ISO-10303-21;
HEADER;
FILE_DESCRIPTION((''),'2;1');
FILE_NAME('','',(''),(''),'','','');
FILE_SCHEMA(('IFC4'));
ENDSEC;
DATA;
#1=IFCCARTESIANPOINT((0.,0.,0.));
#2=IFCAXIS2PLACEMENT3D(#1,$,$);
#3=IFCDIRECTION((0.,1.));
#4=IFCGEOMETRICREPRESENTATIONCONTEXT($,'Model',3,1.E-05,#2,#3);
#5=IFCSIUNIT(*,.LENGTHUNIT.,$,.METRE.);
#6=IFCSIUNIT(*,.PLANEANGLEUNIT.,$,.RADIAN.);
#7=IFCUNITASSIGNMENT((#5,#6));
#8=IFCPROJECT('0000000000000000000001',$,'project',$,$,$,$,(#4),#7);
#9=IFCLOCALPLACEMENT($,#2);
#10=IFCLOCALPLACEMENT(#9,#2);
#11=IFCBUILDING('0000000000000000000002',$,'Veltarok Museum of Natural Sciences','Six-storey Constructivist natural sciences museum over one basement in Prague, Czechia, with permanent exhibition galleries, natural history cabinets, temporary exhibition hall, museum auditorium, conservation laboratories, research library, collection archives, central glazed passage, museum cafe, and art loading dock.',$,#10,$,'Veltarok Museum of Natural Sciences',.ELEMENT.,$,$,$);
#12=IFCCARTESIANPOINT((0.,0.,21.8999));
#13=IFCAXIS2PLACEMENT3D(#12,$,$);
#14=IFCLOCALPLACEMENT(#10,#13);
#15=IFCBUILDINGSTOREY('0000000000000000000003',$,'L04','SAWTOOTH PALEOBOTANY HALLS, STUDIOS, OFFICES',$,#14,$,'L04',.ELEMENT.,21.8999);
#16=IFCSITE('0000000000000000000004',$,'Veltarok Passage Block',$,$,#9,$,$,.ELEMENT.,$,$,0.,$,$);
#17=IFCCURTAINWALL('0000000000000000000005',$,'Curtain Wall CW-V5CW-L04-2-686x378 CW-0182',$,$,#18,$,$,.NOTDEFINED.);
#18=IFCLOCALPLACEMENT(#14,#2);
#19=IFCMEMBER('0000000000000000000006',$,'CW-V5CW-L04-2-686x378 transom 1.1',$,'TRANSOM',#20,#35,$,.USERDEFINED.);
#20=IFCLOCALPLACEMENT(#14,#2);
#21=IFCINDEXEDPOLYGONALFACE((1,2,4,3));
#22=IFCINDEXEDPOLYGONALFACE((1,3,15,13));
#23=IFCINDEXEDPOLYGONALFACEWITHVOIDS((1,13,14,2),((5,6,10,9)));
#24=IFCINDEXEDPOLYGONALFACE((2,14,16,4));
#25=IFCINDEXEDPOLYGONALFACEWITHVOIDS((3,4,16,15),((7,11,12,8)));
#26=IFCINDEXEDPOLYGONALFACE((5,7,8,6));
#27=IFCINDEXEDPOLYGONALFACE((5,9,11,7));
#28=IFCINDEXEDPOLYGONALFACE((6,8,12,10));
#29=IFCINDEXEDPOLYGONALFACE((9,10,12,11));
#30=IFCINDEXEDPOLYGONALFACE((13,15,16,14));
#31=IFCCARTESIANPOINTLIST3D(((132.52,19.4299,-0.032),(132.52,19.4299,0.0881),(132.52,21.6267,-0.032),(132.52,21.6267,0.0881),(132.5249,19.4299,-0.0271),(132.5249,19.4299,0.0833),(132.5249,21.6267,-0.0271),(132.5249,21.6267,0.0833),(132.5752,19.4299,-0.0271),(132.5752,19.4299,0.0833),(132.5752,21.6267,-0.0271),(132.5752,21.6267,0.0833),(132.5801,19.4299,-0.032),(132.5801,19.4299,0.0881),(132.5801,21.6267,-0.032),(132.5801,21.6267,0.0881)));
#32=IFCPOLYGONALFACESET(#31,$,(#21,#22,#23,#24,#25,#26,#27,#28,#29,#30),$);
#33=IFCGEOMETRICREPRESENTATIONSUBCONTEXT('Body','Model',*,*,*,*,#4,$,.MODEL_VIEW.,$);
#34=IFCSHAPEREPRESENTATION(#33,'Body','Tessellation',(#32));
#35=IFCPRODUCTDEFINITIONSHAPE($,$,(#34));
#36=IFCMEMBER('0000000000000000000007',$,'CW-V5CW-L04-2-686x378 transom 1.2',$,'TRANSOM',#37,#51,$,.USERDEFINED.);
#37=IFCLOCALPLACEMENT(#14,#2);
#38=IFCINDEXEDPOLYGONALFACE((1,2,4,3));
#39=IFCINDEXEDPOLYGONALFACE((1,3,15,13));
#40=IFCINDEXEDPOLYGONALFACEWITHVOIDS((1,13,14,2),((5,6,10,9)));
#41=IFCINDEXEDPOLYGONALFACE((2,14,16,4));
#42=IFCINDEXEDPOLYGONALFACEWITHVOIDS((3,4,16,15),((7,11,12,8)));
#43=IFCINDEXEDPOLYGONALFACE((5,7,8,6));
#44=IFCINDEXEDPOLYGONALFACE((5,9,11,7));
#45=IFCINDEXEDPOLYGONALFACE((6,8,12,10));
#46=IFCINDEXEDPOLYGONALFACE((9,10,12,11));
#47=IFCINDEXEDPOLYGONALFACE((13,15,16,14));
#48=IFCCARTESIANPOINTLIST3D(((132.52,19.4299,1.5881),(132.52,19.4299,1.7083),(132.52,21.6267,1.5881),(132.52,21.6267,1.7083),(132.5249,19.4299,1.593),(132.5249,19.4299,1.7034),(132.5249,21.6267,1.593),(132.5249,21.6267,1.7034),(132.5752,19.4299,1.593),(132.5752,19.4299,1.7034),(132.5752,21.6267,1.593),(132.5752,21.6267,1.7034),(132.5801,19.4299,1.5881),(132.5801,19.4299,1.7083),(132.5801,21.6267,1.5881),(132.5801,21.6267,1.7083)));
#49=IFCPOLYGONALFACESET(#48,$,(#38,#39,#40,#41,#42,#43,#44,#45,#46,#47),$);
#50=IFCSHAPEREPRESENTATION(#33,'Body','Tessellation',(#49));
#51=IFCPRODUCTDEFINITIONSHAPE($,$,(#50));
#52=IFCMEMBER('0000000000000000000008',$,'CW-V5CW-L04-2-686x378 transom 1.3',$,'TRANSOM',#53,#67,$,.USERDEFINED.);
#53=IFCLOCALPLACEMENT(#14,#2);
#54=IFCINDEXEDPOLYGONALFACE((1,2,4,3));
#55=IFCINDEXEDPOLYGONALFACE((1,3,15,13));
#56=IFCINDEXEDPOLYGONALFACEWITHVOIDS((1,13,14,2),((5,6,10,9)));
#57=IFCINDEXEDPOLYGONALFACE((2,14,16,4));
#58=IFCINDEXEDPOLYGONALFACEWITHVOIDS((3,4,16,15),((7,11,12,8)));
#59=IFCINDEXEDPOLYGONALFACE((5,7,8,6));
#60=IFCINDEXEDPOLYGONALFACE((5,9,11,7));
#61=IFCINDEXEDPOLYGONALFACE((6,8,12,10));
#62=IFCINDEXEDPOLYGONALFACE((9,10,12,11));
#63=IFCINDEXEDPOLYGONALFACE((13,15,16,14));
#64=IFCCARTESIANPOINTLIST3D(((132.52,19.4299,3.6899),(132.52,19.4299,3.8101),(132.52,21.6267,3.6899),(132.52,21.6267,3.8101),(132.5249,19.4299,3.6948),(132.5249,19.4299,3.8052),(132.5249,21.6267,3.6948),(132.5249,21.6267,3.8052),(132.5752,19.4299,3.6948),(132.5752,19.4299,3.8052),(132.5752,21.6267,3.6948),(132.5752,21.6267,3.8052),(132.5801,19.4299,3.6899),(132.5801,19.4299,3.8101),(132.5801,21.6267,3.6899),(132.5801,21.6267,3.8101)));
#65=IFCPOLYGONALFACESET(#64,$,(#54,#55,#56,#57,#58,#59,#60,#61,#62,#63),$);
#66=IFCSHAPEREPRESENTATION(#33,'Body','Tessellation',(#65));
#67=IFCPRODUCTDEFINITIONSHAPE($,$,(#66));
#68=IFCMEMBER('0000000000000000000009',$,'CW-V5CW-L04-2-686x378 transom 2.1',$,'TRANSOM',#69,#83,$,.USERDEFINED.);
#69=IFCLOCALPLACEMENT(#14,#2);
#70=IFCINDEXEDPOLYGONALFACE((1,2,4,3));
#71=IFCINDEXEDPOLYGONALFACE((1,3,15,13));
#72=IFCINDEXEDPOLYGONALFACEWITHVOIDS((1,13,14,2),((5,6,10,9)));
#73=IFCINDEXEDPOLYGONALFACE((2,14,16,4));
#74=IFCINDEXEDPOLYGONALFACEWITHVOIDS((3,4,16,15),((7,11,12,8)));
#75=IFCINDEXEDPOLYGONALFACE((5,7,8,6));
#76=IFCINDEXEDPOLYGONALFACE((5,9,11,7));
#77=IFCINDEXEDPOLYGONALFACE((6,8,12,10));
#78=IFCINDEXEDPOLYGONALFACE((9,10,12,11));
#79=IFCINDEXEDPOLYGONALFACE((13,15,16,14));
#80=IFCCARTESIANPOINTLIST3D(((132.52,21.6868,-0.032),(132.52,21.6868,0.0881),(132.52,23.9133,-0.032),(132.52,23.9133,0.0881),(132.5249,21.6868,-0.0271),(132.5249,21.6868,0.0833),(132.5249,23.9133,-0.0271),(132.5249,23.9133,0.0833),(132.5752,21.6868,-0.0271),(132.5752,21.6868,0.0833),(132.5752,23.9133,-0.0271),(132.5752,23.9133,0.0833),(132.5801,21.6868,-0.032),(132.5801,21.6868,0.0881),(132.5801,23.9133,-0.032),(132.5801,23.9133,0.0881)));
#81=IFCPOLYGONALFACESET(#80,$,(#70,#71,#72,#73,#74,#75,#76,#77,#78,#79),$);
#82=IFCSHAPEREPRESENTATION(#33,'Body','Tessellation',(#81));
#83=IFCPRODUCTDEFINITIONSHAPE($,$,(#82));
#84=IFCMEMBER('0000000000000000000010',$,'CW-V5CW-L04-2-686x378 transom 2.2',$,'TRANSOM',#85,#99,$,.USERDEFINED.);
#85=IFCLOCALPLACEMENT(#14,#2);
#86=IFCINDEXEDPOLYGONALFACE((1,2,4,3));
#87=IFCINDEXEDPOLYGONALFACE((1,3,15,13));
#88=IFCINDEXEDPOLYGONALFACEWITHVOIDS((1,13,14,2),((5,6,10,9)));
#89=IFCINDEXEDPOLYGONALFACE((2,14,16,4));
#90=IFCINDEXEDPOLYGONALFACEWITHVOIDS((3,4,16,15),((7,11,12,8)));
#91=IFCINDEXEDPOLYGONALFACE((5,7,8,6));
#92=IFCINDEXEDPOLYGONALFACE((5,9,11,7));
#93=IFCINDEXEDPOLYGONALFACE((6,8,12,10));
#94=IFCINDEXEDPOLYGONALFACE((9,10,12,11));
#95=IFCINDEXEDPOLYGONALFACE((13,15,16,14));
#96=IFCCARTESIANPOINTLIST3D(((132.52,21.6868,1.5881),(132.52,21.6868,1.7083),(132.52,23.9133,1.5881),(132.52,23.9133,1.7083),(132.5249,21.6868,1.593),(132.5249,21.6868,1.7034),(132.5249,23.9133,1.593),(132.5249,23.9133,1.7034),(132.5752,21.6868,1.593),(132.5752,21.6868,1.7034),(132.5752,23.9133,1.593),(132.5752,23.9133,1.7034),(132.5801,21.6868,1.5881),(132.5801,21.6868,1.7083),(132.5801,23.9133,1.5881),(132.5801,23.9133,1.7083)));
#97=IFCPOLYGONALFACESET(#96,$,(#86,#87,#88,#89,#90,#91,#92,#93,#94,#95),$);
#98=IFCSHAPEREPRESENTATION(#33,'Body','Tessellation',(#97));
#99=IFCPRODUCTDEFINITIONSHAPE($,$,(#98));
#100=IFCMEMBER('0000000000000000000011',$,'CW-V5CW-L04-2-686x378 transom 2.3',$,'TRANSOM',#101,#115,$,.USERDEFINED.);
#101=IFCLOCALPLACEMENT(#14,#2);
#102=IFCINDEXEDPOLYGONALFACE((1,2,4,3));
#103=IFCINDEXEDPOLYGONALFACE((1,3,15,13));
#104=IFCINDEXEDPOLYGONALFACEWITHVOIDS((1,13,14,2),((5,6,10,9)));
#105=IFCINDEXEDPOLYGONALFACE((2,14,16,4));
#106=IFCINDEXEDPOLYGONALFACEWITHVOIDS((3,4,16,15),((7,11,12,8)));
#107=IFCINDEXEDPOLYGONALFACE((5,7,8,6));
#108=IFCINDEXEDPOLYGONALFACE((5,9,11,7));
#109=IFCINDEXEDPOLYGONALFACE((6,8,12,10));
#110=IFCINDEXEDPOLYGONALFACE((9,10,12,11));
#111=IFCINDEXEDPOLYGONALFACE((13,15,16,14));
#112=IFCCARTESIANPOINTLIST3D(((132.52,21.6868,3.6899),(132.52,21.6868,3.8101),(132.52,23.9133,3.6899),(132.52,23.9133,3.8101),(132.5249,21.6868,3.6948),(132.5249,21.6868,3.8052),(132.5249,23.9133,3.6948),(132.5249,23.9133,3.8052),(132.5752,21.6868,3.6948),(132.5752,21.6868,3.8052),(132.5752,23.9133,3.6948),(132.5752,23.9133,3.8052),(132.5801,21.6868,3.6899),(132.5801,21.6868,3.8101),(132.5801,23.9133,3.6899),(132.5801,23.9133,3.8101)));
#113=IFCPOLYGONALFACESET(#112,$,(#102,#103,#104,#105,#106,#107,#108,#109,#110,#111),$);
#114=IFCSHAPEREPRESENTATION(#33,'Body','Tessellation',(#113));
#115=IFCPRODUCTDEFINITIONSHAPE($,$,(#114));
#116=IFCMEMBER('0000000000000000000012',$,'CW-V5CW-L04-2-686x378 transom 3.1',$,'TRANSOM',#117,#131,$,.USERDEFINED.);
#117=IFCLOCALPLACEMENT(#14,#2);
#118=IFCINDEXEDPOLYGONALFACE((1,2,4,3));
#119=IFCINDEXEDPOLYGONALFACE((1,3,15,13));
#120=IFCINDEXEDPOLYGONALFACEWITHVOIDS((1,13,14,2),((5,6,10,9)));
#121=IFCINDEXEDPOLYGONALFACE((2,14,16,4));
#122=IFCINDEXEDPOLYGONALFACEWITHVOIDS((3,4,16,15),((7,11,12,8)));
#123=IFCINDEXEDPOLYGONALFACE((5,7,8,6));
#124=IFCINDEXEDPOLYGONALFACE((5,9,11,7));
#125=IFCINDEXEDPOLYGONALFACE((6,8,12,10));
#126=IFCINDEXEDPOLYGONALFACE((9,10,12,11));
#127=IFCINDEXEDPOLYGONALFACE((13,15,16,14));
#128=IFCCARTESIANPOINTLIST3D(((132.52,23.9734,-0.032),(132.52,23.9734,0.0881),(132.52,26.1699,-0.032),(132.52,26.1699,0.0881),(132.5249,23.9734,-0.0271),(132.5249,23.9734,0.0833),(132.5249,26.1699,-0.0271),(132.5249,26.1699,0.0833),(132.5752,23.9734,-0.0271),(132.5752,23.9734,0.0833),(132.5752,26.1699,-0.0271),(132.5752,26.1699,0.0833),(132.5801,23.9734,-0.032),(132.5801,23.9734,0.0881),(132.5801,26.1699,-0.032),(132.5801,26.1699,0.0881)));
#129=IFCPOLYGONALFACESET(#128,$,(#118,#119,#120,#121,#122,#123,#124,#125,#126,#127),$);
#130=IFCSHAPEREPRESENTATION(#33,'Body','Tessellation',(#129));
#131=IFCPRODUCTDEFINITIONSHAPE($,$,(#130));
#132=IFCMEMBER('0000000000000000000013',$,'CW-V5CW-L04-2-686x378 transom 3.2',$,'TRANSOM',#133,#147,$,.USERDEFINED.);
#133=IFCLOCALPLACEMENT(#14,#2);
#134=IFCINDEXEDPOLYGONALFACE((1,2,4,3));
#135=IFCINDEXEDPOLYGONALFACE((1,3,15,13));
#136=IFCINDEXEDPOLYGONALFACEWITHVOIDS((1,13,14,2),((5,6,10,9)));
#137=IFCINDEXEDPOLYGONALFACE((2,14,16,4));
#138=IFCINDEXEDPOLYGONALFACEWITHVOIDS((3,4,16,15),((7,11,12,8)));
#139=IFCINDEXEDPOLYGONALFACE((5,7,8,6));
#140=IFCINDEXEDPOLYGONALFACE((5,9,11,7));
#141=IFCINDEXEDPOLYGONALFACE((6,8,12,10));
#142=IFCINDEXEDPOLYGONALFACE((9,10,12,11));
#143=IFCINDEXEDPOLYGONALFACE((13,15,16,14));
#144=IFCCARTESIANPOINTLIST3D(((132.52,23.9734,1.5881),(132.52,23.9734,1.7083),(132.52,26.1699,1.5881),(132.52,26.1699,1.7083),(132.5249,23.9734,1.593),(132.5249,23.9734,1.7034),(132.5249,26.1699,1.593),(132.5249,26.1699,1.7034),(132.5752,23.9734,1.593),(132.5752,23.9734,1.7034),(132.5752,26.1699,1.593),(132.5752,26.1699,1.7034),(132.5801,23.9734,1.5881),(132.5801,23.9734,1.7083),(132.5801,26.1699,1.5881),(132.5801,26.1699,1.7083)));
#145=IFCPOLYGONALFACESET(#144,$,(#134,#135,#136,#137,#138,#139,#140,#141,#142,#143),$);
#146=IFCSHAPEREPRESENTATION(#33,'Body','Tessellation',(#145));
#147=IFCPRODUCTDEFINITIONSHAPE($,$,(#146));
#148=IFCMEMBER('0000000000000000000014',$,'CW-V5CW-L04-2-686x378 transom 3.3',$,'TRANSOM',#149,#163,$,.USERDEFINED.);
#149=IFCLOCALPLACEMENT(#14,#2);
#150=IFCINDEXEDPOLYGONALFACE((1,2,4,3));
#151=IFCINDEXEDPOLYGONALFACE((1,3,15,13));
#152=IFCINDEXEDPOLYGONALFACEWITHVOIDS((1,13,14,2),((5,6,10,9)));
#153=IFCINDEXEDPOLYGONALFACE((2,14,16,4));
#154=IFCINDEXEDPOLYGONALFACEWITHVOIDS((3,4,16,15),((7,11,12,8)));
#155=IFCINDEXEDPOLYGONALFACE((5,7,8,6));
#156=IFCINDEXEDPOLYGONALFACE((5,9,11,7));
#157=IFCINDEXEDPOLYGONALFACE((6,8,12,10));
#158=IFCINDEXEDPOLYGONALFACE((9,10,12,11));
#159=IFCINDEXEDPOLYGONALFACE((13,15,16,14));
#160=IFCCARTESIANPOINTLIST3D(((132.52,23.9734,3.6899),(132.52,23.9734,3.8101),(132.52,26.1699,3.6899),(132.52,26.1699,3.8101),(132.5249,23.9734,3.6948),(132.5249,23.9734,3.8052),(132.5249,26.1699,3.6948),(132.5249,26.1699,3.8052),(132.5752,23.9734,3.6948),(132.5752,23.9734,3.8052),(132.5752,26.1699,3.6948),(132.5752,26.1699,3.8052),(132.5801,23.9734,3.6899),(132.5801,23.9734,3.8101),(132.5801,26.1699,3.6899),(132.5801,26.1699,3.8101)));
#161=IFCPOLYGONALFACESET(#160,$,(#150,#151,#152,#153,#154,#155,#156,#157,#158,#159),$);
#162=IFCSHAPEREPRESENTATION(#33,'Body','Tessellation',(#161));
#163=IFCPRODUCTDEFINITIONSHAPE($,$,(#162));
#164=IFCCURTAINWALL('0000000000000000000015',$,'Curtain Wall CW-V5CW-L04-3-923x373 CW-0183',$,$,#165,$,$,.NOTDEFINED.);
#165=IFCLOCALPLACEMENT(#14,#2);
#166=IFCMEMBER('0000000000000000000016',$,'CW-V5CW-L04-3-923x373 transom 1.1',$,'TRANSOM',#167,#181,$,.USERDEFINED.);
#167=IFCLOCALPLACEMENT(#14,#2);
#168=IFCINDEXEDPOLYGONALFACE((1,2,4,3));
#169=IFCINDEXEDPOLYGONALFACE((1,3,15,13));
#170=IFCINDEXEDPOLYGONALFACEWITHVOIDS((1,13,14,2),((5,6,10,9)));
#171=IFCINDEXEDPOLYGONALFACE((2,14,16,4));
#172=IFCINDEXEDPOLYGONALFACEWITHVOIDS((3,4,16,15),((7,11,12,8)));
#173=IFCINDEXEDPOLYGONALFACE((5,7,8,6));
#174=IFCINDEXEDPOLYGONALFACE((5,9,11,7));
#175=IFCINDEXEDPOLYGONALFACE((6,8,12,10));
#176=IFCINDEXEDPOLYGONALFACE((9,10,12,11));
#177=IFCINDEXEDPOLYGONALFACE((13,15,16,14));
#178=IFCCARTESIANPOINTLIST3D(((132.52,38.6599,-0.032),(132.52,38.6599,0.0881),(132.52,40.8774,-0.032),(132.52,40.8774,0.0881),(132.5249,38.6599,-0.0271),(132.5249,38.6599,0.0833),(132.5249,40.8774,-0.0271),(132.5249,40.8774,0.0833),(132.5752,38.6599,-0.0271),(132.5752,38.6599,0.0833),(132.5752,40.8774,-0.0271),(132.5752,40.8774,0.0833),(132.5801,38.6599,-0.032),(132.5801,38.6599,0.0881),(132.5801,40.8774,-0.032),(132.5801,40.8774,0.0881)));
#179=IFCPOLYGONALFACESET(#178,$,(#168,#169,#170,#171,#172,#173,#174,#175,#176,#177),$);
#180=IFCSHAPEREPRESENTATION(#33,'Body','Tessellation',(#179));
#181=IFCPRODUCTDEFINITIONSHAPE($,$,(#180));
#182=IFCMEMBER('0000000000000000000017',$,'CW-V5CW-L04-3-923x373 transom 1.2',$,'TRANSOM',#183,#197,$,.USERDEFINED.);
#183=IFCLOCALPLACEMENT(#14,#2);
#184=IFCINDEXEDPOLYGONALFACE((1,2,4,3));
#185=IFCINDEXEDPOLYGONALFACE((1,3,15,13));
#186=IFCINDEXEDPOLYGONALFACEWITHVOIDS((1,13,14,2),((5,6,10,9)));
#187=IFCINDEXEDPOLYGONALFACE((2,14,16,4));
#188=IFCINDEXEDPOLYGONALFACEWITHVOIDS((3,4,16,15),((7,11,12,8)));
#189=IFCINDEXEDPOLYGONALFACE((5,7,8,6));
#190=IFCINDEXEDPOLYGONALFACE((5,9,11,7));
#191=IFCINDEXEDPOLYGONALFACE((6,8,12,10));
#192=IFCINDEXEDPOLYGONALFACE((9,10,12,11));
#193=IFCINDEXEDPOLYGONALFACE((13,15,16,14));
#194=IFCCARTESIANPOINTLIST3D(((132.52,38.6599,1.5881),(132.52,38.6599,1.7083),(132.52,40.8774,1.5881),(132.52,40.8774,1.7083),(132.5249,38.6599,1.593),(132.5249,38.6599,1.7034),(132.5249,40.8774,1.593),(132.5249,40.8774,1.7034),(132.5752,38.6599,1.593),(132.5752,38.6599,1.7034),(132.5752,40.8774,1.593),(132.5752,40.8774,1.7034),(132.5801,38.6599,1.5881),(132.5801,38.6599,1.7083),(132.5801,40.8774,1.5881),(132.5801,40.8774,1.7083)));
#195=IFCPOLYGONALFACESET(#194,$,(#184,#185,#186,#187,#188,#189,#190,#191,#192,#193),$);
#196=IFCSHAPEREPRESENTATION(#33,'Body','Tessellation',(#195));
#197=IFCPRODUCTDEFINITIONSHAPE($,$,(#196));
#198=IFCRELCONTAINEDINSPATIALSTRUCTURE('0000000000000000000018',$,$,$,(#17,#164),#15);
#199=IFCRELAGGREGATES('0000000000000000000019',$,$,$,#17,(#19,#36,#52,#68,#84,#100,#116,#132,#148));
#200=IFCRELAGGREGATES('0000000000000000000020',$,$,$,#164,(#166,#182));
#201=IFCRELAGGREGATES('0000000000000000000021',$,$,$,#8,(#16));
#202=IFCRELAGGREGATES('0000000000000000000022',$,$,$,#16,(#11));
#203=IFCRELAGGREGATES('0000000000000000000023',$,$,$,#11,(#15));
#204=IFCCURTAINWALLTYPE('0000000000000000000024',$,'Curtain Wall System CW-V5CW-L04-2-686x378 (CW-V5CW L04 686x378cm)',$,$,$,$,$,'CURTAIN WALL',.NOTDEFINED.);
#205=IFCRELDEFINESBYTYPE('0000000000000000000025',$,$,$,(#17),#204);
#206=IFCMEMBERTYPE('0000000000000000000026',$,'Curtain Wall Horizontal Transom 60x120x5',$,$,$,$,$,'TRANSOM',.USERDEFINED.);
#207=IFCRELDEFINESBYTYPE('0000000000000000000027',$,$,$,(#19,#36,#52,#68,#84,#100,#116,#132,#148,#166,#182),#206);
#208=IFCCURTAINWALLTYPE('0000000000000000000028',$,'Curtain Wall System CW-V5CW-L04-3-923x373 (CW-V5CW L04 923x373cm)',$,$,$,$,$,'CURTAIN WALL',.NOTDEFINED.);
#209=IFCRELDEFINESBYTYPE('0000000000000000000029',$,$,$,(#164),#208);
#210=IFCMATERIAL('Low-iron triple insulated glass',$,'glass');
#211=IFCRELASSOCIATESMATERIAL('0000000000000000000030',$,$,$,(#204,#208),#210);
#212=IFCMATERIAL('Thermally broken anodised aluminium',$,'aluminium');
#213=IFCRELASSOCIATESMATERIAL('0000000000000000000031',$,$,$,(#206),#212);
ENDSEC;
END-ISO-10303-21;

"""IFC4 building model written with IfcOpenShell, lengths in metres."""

from ifc_helpers import new_model, si_unit, direction, frame, origin, origin_2d, place, context, subcontext, project, spatial, hollow_rectangle, extrude, material, material_profile, profile_set, type_object, element, aggregate, save


model = new_model("IFC4")

# Units and contexts
model_context = context("Model", 3, precision=1e-05, world=origin(), true_north=direction((0.0, 1.0)))
body_context = subcontext(model_context, "Body", "Model", "MODEL_VIEW")
ifc_project = project(units=[si_unit("LENGTHUNIT", "METRE"), si_unit("PLANEANGLEUNIT", "RADIAN")], contexts=[model_context])

# Site, building, storey
site_placement = place(None, origin())
site = spatial("IfcSite", under=ifc_project, at=site_placement, Name="Veltarok Passage Block", CompositionType="ELEMENT", RefElevation=0.0)
building_placement = place(site_placement, origin())
building = spatial("IfcBuilding", under=site, at=building_placement, Name="Veltarok Museum of Natural Sciences", Description="Six-storey Constructivist natural sciences museum over one basement in Prague, Czechia, with permanent exhibition galleries, natural history cabinets, temporary exhibition hall, museum auditorium, conservation laboratories, research library, collection archives, central glazed passage, museum cafe, and art loading dock.", LongName="Veltarok Museum of Natural Sciences", CompositionType="ELEMENT")
storey_placement = place(building_placement, frame((0.0, 0.0, 21.8999)))
storey = spatial("IfcBuildingStorey", under=building, at=storey_placement, Name="L04", Description="SAWTOOTH PALEOBOTANY HALLS, STUDIOS, OFFICES", LongName="L04", CompositionType="ELEMENT", Elevation=21.8999)

# Curtain walls, members
ifc_material_1 = material(Name="Low-iron triple insulated glass", Category="glass")
curtain_wall_type_1 = type_object("IfcCurtainWallType", Name="Curtain Wall System CW-V5CW-L04-2-686x378 (CW-V5CW L04 686x378cm)", ElementType="CURTAIN WALL", PredefinedType="NOTDEFINED", material=ifc_material_1)
curtain_wall_1_placement = place(storey_placement, origin())
curtain_wall_1 = element("IfcCurtainWall", 1, at=curtain_wall_1_placement, inside=storey, type_object=curtain_wall_type_1, Name="Curtain Wall CW-V5CW-L04-2-686x378 CW-0182", PredefinedType="NOTDEFINED")
ifc_material_2 = material(Name="Thermally broken anodised aluminium", Category="aluminium")
ifc_material_profile_1 = material_profile(ifc_material_2, hollow_rectangle(XDim=0.0601, YDim=0.1201, WallThickness=0.0049, at=origin_2d()), Name="CW TRANSOM 60x120x5")
ifc_profile_set_1 = profile_set([ifc_material_profile_1], Name="Thermally broken anodised aluminium")
member_type_1 = type_object("IfcMemberType", Name="Curtain Wall Horizontal Transom 60x120x5", ElementType="TRANSOM", PredefinedType="USERDEFINED", material=ifc_profile_set_1)
member_1_placement = place(storey_placement, frame((132.55, 19.4299, 0.0281), z_axis=(0.0, 1.0, 0.0), x_axis=(-1.0, 0.0, 0.0)))
member_1 = element("IfcMember", 2, at=member_1_placement, type_object=member_type_1, Name="CW-V5CW-L04-2-686x378 transom 1.1", ObjectType="TRANSOM", PredefinedType="USERDEFINED", context=body_context, shape_type="SweptSolid", body=[
    extrude(hollow_rectangle(XDim=0.0601, YDim=0.1201, WallThickness=0.0049, at=origin_2d()), origin(), (0.0, 0.0, 1.0), 2.1968),
])
member_2_placement = place(storey_placement, frame((132.55, 19.4299, 1.6482), z_axis=(0.0, 1.0, 0.0), x_axis=(-1.0, 0.0, 0.0)))
member_2 = element("IfcMember", 3, at=member_2_placement, type_object=member_type_1, Name="CW-V5CW-L04-2-686x378 transom 1.2", ObjectType="TRANSOM", PredefinedType="USERDEFINED", context=body_context, shape_type="SweptSolid", body=[
    extrude(hollow_rectangle(XDim=0.0601, YDim=0.1201, WallThickness=0.0049, at=origin_2d()), origin(), (0.0, 0.0, 1.0), 2.1968),
])
member_3_placement = place(storey_placement, frame((132.55, 19.4299, 3.75), z_axis=(0.0, 1.0, 0.0), x_axis=(-1.0, 0.0, 0.0)))
member_3 = element("IfcMember", 4, at=member_3_placement, type_object=member_type_1, Name="CW-V5CW-L04-2-686x378 transom 1.3", ObjectType="TRANSOM", PredefinedType="USERDEFINED", context=body_context, shape_type="SweptSolid", body=[
    extrude(hollow_rectangle(XDim=0.0601, YDim=0.1201, WallThickness=0.0049, at=origin_2d()), origin(), (0.0, 0.0, 1.0), 2.1968),
])
member_4_placement = place(storey_placement, frame((132.55, 21.6868, 0.0281), z_axis=(0.0, 1.0, 0.0), x_axis=(-1.0, 0.0, 0.0)))
member_4 = element("IfcMember", 5, at=member_4_placement, type_object=member_type_1, Name="CW-V5CW-L04-2-686x378 transom 2.1", ObjectType="TRANSOM", PredefinedType="USERDEFINED", context=body_context, shape_type="SweptSolid", body=[
    extrude(hollow_rectangle(XDim=0.0601, YDim=0.1201, WallThickness=0.0049, at=origin_2d()), origin(), (0.0, 0.0, 1.0), 2.2266),
])
member_5_placement = place(storey_placement, frame((132.55, 21.6868, 1.6482), z_axis=(0.0, 1.0, 0.0), x_axis=(-1.0, 0.0, 0.0)))
member_5 = element("IfcMember", 6, at=member_5_placement, type_object=member_type_1, Name="CW-V5CW-L04-2-686x378 transom 2.2", ObjectType="TRANSOM", PredefinedType="USERDEFINED", context=body_context, shape_type="SweptSolid", body=[
    extrude(hollow_rectangle(XDim=0.0601, YDim=0.1201, WallThickness=0.0049, at=origin_2d()), origin(), (0.0, 0.0, 1.0), 2.2266),
])
member_6_placement = place(storey_placement, frame((132.55, 21.6868, 3.75), z_axis=(0.0, 1.0, 0.0), x_axis=(-1.0, 0.0, 0.0)))
member_6 = element("IfcMember", 7, at=member_6_placement, type_object=member_type_1, Name="CW-V5CW-L04-2-686x378 transom 2.3", ObjectType="TRANSOM", PredefinedType="USERDEFINED", context=body_context, shape_type="SweptSolid", body=[
    extrude(hollow_rectangle(XDim=0.0601, YDim=0.1201, WallThickness=0.0049, at=origin_2d()), origin(), (0.0, 0.0, 1.0), 2.2266),
])
member_7_placement = place(storey_placement, frame((132.55, 23.9734, 0.0281), z_axis=(0.0, 1.0, 0.0), x_axis=(-1.0, 0.0, 0.0)))
member_7 = element("IfcMember", 8, at=member_7_placement, type_object=member_type_1, Name="CW-V5CW-L04-2-686x378 transom 3.1", ObjectType="TRANSOM", PredefinedType="USERDEFINED", context=body_context, shape_type="SweptSolid", body=[
    extrude(hollow_rectangle(XDim=0.0601, YDim=0.1201, WallThickness=0.0049, at=origin_2d()), origin(), (0.0, 0.0, 1.0), 2.1965),
])
member_8_placement = place(storey_placement, frame((132.55, 23.9734, 1.6482), z_axis=(0.0, 1.0, 0.0), x_axis=(-1.0, 0.0, 0.0)))
member_8 = element("IfcMember", 9, at=member_8_placement, type_object=member_type_1, Name="CW-V5CW-L04-2-686x378 transom 3.2", ObjectType="TRANSOM", PredefinedType="USERDEFINED", context=body_context, shape_type="SweptSolid", body=[
    extrude(hollow_rectangle(XDim=0.0601, YDim=0.1201, WallThickness=0.0049, at=origin_2d()), origin(), (0.0, 0.0, 1.0), 2.1965),
])
member_9_placement = place(storey_placement, frame((132.55, 23.9734, 3.75), z_axis=(0.0, 1.0, 0.0), x_axis=(-1.0, 0.0, 0.0)))
member_9 = element("IfcMember", 10, at=member_9_placement, type_object=member_type_1, Name="CW-V5CW-L04-2-686x378 transom 3.3", ObjectType="TRANSOM", PredefinedType="USERDEFINED", context=body_context, shape_type="SweptSolid", body=[
    extrude(hollow_rectangle(XDim=0.0601, YDim=0.1201, WallThickness=0.0049, at=origin_2d()), origin(), (0.0, 0.0, 1.0), 2.1965),
])
curtain_wall_type_2 = type_object("IfcCurtainWallType", Name="Curtain Wall System CW-V5CW-L04-3-923x373 (CW-V5CW L04 923x373cm)", ElementType="CURTAIN WALL", PredefinedType="NOTDEFINED", material=ifc_material_1)
curtain_wall_2_placement = place(storey_placement, origin())
curtain_wall_2 = element("IfcCurtainWall", 11, at=curtain_wall_2_placement, inside=storey, type_object=curtain_wall_type_2, Name="Curtain Wall CW-V5CW-L04-3-923x373 CW-0183", PredefinedType="NOTDEFINED")
member_10_placement = place(storey_placement, frame((132.55, 38.6599, 0.0281), z_axis=(0.0, 1.0, 0.0), x_axis=(-1.0, 0.0, 0.0)))
member_10 = element("IfcMember", 12, at=member_10_placement, type_object=member_type_1, Name="CW-V5CW-L04-3-923x373 transom 1.1", ObjectType="TRANSOM", PredefinedType="USERDEFINED", context=body_context, shape_type="SweptSolid", body=[
    extrude(hollow_rectangle(XDim=0.0601, YDim=0.1201, WallThickness=0.0049, at=origin_2d()), origin(), (0.0, 0.0, 1.0), 2.2175),
])
member_11_placement = place(storey_placement, frame((132.55, 38.6599, 1.6482), z_axis=(0.0, 1.0, 0.0), x_axis=(-1.0, 0.0, 0.0)))
member_11 = element("IfcMember", 13, at=member_11_placement, type_object=member_type_1, Name="CW-V5CW-L04-3-923x373 transom 1.2", ObjectType="TRANSOM", PredefinedType="USERDEFINED", context=body_context, shape_type="SweptSolid", body=[
    extrude(hollow_rectangle(XDim=0.0601, YDim=0.1201, WallThickness=0.0049, at=origin_2d()), origin(), (0.0, 0.0, 1.0), 2.2175),
])

aggregate(curtain_wall_1, [member_1, member_2, member_3, member_4, member_5, member_6, member_7, member_8, member_9])
aggregate(curtain_wall_2, [member_10, member_11])

save(model, "model.ifc")
